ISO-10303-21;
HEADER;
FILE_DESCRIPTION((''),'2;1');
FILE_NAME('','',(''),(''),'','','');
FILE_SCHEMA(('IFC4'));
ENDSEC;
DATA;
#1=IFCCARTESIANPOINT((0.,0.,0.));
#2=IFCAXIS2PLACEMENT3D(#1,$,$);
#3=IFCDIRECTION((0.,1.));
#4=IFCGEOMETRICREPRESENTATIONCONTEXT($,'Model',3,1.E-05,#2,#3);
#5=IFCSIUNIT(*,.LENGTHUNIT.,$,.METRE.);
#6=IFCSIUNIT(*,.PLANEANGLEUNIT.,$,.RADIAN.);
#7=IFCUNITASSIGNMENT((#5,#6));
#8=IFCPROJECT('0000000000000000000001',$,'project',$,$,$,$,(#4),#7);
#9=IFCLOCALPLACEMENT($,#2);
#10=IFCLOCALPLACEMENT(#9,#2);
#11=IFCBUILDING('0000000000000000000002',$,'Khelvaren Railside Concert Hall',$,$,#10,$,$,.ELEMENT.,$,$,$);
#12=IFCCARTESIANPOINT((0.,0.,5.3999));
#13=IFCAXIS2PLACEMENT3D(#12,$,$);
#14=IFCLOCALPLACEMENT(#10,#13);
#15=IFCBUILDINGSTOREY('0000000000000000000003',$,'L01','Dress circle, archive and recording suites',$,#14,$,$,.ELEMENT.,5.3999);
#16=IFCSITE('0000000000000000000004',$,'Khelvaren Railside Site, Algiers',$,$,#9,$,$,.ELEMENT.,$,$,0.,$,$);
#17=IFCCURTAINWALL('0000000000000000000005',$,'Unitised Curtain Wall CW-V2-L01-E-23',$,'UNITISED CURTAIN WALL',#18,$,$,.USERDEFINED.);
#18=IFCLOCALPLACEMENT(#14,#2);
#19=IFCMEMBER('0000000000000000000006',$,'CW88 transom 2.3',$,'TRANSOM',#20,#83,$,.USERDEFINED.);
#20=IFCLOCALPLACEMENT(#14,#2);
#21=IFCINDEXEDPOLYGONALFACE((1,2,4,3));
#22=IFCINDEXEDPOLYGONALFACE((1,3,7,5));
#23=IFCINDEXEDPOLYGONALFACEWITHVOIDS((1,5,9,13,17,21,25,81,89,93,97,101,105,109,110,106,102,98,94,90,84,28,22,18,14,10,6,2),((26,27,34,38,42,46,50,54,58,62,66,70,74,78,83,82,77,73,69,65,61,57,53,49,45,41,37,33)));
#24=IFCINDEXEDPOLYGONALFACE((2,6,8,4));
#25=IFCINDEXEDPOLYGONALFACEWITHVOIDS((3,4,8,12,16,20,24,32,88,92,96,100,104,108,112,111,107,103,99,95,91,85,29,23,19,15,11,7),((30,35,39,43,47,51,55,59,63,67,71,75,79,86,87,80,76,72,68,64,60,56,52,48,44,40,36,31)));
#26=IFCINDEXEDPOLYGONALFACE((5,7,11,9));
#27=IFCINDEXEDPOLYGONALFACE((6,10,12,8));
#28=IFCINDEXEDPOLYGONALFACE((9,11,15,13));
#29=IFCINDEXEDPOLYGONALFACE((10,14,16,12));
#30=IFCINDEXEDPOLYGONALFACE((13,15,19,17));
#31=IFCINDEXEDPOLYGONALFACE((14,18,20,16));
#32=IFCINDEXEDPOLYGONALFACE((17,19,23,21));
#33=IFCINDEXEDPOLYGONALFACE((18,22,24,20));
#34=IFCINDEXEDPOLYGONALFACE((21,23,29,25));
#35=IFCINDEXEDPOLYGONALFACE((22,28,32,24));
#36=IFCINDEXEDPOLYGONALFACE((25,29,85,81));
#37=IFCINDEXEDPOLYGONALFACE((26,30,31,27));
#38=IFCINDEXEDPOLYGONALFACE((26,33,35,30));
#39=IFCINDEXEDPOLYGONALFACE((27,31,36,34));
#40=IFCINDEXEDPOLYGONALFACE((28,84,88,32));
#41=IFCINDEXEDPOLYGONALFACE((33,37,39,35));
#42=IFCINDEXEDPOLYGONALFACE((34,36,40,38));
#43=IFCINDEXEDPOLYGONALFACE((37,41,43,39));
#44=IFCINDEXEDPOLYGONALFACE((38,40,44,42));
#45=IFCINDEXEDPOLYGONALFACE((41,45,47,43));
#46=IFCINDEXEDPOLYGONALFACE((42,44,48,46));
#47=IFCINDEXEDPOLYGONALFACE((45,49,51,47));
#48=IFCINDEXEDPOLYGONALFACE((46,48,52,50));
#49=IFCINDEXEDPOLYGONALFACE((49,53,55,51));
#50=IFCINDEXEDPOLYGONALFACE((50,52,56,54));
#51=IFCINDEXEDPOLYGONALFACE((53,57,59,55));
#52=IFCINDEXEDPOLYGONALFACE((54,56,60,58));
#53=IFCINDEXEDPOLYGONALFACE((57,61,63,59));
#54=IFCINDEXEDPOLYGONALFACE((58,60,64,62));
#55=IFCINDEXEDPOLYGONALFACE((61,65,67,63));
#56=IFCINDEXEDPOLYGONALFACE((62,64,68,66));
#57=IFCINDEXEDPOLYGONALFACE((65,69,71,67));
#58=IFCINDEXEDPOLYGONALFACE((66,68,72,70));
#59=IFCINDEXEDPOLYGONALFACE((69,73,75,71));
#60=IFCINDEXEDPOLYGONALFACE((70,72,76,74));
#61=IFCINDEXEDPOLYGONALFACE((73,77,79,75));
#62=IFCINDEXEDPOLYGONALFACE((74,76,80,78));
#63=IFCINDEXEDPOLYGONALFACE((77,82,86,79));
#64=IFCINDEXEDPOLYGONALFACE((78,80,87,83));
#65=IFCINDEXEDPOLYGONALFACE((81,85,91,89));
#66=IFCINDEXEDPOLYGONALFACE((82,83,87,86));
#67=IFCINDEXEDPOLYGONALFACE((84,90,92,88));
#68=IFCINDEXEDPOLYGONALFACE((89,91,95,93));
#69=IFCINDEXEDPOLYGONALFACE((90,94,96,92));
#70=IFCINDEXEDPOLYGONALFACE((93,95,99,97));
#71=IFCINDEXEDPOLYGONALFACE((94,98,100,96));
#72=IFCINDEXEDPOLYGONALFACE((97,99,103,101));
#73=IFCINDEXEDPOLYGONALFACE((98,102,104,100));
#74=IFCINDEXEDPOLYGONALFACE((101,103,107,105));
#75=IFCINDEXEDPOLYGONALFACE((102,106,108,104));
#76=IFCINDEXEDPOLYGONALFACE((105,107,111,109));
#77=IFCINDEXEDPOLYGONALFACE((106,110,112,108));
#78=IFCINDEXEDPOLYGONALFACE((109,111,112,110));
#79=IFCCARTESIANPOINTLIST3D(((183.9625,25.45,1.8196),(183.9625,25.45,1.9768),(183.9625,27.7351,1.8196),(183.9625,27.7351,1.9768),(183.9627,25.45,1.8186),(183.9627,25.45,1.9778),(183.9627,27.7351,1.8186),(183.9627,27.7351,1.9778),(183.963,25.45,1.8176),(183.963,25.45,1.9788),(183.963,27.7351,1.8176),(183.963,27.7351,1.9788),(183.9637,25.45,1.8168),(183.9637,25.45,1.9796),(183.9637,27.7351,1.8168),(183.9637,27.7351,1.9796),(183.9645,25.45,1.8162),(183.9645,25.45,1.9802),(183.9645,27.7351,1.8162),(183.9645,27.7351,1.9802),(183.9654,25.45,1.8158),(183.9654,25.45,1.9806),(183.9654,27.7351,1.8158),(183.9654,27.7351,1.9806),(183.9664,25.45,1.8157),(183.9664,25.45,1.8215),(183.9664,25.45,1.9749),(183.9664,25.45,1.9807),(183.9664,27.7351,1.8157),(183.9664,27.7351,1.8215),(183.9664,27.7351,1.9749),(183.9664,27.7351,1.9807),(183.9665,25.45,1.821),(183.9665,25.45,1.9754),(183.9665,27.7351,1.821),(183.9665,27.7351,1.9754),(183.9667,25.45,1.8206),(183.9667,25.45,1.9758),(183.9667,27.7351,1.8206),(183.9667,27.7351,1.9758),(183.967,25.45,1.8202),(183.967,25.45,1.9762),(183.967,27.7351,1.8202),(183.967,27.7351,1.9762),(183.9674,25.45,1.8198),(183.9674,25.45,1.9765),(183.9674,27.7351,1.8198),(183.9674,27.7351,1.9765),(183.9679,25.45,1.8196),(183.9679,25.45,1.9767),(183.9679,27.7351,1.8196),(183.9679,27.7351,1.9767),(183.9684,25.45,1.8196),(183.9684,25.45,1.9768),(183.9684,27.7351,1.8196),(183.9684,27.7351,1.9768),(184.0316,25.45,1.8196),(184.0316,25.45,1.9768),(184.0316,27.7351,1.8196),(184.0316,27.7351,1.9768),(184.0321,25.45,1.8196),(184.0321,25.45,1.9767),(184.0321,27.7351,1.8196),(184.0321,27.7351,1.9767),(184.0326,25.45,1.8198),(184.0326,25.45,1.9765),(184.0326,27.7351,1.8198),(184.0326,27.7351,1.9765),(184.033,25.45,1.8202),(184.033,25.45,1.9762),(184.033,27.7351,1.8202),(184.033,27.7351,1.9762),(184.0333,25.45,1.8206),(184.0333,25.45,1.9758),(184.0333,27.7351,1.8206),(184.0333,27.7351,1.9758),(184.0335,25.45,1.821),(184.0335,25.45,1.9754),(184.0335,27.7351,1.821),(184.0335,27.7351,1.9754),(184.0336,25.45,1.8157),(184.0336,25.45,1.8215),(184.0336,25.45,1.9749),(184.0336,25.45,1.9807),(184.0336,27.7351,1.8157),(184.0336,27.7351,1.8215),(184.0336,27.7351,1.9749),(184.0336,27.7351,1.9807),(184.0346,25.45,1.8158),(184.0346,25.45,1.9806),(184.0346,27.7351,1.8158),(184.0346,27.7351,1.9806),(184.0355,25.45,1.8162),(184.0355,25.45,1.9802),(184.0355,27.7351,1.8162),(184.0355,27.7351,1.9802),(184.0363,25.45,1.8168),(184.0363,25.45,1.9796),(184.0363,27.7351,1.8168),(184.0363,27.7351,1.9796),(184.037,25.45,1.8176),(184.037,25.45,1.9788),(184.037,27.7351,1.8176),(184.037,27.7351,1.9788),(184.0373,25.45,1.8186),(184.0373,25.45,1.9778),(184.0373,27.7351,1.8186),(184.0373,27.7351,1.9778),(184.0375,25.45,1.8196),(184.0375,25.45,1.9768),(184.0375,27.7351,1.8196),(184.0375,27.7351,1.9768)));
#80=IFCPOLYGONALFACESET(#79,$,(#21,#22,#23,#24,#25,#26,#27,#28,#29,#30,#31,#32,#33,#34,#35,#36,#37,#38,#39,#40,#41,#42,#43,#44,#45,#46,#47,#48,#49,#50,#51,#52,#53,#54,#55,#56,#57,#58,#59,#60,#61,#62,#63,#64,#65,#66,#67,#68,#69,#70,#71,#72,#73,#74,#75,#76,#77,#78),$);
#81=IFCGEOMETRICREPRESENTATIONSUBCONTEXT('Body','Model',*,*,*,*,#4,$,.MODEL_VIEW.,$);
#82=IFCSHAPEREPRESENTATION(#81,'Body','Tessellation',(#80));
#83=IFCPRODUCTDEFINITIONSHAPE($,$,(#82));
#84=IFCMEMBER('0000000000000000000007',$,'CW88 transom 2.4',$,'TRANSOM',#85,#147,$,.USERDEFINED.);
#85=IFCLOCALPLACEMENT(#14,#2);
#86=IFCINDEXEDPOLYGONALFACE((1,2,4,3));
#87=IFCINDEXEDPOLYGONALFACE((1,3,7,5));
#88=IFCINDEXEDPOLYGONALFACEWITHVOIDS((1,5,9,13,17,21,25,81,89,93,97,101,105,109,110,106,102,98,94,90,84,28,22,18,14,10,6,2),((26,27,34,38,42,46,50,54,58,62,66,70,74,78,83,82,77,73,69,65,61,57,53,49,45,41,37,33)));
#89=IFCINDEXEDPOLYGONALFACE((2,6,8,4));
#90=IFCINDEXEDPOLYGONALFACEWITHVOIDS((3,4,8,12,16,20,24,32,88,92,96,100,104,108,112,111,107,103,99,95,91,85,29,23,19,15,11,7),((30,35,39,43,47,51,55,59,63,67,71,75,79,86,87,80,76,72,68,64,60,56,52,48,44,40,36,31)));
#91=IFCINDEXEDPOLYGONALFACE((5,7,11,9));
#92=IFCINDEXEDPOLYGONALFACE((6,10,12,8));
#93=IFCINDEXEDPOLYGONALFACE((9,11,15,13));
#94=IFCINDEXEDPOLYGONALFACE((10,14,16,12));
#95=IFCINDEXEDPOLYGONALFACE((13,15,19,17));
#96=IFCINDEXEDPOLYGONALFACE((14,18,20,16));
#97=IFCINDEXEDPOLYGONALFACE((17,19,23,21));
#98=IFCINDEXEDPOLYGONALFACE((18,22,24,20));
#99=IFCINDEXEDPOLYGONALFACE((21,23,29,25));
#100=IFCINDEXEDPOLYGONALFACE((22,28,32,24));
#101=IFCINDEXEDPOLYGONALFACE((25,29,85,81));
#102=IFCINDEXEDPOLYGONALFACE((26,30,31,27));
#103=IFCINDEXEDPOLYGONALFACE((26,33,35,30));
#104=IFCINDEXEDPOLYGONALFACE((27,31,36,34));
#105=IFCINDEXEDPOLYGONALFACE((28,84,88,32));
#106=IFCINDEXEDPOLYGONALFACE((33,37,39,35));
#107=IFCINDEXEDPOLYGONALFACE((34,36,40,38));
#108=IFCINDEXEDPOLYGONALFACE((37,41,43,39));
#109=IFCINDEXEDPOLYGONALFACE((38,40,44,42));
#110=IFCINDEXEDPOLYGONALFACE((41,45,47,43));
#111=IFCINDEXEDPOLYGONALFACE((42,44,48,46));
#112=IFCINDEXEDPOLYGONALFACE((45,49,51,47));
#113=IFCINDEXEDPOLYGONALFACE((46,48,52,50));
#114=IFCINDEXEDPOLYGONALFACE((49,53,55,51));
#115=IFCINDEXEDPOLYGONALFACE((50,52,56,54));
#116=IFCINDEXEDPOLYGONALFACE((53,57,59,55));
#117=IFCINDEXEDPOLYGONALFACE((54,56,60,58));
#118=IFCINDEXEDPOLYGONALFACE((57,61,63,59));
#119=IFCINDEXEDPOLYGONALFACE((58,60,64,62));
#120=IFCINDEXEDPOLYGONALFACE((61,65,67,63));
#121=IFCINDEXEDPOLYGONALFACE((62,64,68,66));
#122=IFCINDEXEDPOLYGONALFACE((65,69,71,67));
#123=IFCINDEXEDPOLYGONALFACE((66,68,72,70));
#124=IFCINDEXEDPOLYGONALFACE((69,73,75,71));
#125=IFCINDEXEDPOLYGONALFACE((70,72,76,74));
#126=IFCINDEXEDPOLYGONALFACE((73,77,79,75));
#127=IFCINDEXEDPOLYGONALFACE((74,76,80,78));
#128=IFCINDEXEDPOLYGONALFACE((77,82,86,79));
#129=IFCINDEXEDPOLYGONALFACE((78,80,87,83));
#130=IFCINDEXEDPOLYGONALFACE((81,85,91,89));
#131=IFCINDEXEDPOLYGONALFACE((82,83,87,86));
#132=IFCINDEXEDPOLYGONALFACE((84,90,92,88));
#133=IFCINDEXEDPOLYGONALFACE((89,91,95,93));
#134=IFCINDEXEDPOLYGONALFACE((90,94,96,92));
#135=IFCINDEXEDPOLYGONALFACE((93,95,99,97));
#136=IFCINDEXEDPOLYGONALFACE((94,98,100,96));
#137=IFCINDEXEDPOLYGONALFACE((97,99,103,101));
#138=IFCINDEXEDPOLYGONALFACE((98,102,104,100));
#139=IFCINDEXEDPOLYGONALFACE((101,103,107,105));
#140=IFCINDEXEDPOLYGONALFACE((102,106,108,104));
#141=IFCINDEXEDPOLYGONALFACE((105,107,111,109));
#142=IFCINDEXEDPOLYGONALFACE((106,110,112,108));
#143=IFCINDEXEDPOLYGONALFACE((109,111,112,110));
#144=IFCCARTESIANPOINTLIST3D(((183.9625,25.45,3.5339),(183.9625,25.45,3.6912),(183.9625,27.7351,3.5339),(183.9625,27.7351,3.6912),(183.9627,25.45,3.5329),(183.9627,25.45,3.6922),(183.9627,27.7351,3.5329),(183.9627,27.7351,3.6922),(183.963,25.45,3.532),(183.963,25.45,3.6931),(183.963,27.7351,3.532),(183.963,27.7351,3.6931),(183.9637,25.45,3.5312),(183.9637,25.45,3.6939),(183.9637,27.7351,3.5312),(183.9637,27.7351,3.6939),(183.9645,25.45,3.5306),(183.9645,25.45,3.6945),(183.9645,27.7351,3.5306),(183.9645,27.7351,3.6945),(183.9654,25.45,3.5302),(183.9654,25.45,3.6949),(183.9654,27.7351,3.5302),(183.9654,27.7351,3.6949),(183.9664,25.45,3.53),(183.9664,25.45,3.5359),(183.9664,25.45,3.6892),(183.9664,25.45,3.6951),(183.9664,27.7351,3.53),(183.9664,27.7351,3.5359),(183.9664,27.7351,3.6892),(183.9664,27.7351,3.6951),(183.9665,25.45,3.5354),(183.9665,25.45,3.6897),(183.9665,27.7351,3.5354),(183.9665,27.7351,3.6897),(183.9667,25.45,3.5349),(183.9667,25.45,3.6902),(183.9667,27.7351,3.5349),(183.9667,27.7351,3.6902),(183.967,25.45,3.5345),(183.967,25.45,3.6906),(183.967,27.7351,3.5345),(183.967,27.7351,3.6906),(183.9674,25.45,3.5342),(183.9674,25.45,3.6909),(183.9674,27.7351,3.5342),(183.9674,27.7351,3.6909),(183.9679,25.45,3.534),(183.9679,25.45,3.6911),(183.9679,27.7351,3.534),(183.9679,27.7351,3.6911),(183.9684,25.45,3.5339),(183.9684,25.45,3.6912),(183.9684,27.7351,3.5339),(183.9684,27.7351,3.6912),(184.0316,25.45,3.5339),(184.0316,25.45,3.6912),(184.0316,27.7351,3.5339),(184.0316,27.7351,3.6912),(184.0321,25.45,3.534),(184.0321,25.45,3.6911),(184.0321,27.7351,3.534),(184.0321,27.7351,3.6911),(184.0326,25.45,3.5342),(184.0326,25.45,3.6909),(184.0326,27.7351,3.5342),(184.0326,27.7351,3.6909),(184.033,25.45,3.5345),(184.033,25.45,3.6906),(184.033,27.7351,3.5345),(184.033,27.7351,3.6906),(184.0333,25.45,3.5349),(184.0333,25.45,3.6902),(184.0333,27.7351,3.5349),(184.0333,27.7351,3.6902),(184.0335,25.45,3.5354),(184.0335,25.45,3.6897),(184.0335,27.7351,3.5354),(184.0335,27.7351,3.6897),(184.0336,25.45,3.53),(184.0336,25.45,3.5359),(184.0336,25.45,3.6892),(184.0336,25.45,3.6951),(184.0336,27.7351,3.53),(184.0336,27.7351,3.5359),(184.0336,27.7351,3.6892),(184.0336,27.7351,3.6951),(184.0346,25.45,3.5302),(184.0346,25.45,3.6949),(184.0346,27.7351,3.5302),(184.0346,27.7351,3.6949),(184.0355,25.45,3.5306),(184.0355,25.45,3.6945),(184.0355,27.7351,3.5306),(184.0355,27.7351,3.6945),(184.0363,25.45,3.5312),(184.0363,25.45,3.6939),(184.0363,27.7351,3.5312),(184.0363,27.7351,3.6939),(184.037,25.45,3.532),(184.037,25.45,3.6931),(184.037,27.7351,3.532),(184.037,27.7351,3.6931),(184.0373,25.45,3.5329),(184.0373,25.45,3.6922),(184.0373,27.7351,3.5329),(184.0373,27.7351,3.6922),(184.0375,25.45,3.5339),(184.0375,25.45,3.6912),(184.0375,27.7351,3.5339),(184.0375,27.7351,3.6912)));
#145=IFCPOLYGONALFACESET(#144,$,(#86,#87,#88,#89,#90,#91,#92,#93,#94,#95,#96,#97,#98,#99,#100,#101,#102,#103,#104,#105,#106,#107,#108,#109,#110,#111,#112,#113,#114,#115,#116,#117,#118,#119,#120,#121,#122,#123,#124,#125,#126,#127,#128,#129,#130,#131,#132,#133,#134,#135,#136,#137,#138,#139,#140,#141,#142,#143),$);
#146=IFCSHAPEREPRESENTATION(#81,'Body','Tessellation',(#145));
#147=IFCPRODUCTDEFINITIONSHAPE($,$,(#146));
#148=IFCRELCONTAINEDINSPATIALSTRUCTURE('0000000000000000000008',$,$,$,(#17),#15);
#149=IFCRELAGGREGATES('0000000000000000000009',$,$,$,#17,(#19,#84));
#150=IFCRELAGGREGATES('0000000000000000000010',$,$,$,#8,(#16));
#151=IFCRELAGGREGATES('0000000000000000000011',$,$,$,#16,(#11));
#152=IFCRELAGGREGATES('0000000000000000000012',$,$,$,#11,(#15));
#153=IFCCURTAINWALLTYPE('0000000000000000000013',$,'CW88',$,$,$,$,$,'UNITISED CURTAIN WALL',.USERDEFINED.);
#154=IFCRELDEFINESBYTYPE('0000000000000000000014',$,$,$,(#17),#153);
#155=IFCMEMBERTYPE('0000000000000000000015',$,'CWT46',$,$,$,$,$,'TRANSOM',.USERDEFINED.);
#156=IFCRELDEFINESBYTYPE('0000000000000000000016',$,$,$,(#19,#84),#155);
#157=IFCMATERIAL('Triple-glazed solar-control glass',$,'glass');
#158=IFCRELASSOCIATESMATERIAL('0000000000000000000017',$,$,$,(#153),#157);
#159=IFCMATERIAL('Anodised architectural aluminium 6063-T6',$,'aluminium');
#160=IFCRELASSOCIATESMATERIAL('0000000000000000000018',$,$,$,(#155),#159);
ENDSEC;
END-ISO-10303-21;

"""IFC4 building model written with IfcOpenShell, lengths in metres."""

from ifc_helpers import new_model, si_unit, direction, frame, origin, origin_2d, place, context, subcontext, project, spatial, hollow_rectangle, extrude, material, material_profile, profile_set, type_object, element, aggregate, save


model = new_model("IFC4")

# Units and contexts
model_context = context("Model", 3, precision=1e-05, world=origin(), true_north=direction((0.0, 1.0)))
body_context = subcontext(model_context, "Body", "Model", "MODEL_VIEW")
ifc_project = project(units=[si_unit("LENGTHUNIT", "METRE"), si_unit("PLANEANGLEUNIT", "RADIAN")], contexts=[model_context])

# Site, building, storey
site_placement = place(None, origin())
site = spatial("IfcSite", under=ifc_project, at=site_placement, Name="Khelvaren Railside Site, Algiers", CompositionType="ELEMENT", RefElevation=0.0)
building_placement = place(site_placement, origin())
building = spatial("IfcBuilding", under=site, at=building_placement, Name="Khelvaren Railside Concert Hall", CompositionType="ELEMENT")
storey_placement = place(building_placement, frame((0.0, 0.0, 5.3999)))
storey = spatial("IfcBuildingStorey", under=building, at=storey_placement, Name="L01", Description="Dress circle, archive and recording suites", CompositionType="ELEMENT", Elevation=5.3999)

# Curtain wall, members
ifc_material_1 = material(Name="Triple-glazed solar-control glass", Category="glass")
curtain_wall_type = type_object("IfcCurtainWallType", Name="CW88", ElementType="UNITISED CURTAIN WALL", PredefinedType="USERDEFINED", material=ifc_material_1)
curtain_wall_placement = place(storey_placement, origin())
curtain_wall = element("IfcCurtainWall", 1, at=curtain_wall_placement, inside=storey, type_object=curtain_wall_type, Name="Unitised Curtain Wall CW-V2-L01-E-23", ObjectType="UNITISED CURTAIN WALL", PredefinedType="USERDEFINED")
ifc_material_2 = material(Name="Anodised architectural aluminium 6063-T6", Category="aluminium")
ifc_material_profile_1 = material_profile(ifc_material_2, hollow_rectangle(XDim=0.075, YDim=0.165, WallThickness=0.0039, InnerFilletRadius=0.002, OuterFilletRadius=0.0039, at=origin_2d()), Name="CWT 75x165x4")
ifc_profile_set_1 = profile_set([ifc_material_profile_1], Name="Anodised architectural aluminium 6063-T6")
member_type_1 = type_object("IfcMemberType", Name="CWT46", ElementType="TRANSOM", PredefinedType="USERDEFINED", material=ifc_profile_set_1)
member_1_placement = place(storey_placement, frame((184.0, 27.7351, 1.8982), z_axis=(0.0, -1.0, 0.0), x_axis=(1.0, 0.0, 0.0)))
member_1 = element("IfcMember", 2, at=member_1_placement, type_object=member_type_1, Name="CW88 transom 2.3", ObjectType="TRANSOM", PredefinedType="USERDEFINED", context=body_context, shape_type="SweptSolid", body=[
    extrude(hollow_rectangle(XDim=0.075, YDim=0.165, WallThickness=0.0039, InnerFilletRadius=0.002, OuterFilletRadius=0.0039, at=origin_2d()), origin(), (0.0, 0.0, 1.0), 2.2852),
])
member_2_placement = place(storey_placement, frame((184.0, 27.7351, 3.6125), z_axis=(0.0, -1.0, 0.0), x_axis=(1.0, 0.0, 0.0)))
member_2 = element("IfcMember", 3, at=member_2_placement, type_object=member_type_1, Name="CW88 transom 2.4", ObjectType="TRANSOM", PredefinedType="USERDEFINED", context=body_context, shape_type="SweptSolid", body=[
    extrude(hollow_rectangle(XDim=0.075, YDim=0.165, WallThickness=0.0039, InnerFilletRadius=0.002, OuterFilletRadius=0.0039, at=origin_2d()), origin(), (0.0, 0.0, 1.0), 2.2852),
])
aggregate(curtain_wall, [member_1, member_2])

save(model, "model.ifc")
